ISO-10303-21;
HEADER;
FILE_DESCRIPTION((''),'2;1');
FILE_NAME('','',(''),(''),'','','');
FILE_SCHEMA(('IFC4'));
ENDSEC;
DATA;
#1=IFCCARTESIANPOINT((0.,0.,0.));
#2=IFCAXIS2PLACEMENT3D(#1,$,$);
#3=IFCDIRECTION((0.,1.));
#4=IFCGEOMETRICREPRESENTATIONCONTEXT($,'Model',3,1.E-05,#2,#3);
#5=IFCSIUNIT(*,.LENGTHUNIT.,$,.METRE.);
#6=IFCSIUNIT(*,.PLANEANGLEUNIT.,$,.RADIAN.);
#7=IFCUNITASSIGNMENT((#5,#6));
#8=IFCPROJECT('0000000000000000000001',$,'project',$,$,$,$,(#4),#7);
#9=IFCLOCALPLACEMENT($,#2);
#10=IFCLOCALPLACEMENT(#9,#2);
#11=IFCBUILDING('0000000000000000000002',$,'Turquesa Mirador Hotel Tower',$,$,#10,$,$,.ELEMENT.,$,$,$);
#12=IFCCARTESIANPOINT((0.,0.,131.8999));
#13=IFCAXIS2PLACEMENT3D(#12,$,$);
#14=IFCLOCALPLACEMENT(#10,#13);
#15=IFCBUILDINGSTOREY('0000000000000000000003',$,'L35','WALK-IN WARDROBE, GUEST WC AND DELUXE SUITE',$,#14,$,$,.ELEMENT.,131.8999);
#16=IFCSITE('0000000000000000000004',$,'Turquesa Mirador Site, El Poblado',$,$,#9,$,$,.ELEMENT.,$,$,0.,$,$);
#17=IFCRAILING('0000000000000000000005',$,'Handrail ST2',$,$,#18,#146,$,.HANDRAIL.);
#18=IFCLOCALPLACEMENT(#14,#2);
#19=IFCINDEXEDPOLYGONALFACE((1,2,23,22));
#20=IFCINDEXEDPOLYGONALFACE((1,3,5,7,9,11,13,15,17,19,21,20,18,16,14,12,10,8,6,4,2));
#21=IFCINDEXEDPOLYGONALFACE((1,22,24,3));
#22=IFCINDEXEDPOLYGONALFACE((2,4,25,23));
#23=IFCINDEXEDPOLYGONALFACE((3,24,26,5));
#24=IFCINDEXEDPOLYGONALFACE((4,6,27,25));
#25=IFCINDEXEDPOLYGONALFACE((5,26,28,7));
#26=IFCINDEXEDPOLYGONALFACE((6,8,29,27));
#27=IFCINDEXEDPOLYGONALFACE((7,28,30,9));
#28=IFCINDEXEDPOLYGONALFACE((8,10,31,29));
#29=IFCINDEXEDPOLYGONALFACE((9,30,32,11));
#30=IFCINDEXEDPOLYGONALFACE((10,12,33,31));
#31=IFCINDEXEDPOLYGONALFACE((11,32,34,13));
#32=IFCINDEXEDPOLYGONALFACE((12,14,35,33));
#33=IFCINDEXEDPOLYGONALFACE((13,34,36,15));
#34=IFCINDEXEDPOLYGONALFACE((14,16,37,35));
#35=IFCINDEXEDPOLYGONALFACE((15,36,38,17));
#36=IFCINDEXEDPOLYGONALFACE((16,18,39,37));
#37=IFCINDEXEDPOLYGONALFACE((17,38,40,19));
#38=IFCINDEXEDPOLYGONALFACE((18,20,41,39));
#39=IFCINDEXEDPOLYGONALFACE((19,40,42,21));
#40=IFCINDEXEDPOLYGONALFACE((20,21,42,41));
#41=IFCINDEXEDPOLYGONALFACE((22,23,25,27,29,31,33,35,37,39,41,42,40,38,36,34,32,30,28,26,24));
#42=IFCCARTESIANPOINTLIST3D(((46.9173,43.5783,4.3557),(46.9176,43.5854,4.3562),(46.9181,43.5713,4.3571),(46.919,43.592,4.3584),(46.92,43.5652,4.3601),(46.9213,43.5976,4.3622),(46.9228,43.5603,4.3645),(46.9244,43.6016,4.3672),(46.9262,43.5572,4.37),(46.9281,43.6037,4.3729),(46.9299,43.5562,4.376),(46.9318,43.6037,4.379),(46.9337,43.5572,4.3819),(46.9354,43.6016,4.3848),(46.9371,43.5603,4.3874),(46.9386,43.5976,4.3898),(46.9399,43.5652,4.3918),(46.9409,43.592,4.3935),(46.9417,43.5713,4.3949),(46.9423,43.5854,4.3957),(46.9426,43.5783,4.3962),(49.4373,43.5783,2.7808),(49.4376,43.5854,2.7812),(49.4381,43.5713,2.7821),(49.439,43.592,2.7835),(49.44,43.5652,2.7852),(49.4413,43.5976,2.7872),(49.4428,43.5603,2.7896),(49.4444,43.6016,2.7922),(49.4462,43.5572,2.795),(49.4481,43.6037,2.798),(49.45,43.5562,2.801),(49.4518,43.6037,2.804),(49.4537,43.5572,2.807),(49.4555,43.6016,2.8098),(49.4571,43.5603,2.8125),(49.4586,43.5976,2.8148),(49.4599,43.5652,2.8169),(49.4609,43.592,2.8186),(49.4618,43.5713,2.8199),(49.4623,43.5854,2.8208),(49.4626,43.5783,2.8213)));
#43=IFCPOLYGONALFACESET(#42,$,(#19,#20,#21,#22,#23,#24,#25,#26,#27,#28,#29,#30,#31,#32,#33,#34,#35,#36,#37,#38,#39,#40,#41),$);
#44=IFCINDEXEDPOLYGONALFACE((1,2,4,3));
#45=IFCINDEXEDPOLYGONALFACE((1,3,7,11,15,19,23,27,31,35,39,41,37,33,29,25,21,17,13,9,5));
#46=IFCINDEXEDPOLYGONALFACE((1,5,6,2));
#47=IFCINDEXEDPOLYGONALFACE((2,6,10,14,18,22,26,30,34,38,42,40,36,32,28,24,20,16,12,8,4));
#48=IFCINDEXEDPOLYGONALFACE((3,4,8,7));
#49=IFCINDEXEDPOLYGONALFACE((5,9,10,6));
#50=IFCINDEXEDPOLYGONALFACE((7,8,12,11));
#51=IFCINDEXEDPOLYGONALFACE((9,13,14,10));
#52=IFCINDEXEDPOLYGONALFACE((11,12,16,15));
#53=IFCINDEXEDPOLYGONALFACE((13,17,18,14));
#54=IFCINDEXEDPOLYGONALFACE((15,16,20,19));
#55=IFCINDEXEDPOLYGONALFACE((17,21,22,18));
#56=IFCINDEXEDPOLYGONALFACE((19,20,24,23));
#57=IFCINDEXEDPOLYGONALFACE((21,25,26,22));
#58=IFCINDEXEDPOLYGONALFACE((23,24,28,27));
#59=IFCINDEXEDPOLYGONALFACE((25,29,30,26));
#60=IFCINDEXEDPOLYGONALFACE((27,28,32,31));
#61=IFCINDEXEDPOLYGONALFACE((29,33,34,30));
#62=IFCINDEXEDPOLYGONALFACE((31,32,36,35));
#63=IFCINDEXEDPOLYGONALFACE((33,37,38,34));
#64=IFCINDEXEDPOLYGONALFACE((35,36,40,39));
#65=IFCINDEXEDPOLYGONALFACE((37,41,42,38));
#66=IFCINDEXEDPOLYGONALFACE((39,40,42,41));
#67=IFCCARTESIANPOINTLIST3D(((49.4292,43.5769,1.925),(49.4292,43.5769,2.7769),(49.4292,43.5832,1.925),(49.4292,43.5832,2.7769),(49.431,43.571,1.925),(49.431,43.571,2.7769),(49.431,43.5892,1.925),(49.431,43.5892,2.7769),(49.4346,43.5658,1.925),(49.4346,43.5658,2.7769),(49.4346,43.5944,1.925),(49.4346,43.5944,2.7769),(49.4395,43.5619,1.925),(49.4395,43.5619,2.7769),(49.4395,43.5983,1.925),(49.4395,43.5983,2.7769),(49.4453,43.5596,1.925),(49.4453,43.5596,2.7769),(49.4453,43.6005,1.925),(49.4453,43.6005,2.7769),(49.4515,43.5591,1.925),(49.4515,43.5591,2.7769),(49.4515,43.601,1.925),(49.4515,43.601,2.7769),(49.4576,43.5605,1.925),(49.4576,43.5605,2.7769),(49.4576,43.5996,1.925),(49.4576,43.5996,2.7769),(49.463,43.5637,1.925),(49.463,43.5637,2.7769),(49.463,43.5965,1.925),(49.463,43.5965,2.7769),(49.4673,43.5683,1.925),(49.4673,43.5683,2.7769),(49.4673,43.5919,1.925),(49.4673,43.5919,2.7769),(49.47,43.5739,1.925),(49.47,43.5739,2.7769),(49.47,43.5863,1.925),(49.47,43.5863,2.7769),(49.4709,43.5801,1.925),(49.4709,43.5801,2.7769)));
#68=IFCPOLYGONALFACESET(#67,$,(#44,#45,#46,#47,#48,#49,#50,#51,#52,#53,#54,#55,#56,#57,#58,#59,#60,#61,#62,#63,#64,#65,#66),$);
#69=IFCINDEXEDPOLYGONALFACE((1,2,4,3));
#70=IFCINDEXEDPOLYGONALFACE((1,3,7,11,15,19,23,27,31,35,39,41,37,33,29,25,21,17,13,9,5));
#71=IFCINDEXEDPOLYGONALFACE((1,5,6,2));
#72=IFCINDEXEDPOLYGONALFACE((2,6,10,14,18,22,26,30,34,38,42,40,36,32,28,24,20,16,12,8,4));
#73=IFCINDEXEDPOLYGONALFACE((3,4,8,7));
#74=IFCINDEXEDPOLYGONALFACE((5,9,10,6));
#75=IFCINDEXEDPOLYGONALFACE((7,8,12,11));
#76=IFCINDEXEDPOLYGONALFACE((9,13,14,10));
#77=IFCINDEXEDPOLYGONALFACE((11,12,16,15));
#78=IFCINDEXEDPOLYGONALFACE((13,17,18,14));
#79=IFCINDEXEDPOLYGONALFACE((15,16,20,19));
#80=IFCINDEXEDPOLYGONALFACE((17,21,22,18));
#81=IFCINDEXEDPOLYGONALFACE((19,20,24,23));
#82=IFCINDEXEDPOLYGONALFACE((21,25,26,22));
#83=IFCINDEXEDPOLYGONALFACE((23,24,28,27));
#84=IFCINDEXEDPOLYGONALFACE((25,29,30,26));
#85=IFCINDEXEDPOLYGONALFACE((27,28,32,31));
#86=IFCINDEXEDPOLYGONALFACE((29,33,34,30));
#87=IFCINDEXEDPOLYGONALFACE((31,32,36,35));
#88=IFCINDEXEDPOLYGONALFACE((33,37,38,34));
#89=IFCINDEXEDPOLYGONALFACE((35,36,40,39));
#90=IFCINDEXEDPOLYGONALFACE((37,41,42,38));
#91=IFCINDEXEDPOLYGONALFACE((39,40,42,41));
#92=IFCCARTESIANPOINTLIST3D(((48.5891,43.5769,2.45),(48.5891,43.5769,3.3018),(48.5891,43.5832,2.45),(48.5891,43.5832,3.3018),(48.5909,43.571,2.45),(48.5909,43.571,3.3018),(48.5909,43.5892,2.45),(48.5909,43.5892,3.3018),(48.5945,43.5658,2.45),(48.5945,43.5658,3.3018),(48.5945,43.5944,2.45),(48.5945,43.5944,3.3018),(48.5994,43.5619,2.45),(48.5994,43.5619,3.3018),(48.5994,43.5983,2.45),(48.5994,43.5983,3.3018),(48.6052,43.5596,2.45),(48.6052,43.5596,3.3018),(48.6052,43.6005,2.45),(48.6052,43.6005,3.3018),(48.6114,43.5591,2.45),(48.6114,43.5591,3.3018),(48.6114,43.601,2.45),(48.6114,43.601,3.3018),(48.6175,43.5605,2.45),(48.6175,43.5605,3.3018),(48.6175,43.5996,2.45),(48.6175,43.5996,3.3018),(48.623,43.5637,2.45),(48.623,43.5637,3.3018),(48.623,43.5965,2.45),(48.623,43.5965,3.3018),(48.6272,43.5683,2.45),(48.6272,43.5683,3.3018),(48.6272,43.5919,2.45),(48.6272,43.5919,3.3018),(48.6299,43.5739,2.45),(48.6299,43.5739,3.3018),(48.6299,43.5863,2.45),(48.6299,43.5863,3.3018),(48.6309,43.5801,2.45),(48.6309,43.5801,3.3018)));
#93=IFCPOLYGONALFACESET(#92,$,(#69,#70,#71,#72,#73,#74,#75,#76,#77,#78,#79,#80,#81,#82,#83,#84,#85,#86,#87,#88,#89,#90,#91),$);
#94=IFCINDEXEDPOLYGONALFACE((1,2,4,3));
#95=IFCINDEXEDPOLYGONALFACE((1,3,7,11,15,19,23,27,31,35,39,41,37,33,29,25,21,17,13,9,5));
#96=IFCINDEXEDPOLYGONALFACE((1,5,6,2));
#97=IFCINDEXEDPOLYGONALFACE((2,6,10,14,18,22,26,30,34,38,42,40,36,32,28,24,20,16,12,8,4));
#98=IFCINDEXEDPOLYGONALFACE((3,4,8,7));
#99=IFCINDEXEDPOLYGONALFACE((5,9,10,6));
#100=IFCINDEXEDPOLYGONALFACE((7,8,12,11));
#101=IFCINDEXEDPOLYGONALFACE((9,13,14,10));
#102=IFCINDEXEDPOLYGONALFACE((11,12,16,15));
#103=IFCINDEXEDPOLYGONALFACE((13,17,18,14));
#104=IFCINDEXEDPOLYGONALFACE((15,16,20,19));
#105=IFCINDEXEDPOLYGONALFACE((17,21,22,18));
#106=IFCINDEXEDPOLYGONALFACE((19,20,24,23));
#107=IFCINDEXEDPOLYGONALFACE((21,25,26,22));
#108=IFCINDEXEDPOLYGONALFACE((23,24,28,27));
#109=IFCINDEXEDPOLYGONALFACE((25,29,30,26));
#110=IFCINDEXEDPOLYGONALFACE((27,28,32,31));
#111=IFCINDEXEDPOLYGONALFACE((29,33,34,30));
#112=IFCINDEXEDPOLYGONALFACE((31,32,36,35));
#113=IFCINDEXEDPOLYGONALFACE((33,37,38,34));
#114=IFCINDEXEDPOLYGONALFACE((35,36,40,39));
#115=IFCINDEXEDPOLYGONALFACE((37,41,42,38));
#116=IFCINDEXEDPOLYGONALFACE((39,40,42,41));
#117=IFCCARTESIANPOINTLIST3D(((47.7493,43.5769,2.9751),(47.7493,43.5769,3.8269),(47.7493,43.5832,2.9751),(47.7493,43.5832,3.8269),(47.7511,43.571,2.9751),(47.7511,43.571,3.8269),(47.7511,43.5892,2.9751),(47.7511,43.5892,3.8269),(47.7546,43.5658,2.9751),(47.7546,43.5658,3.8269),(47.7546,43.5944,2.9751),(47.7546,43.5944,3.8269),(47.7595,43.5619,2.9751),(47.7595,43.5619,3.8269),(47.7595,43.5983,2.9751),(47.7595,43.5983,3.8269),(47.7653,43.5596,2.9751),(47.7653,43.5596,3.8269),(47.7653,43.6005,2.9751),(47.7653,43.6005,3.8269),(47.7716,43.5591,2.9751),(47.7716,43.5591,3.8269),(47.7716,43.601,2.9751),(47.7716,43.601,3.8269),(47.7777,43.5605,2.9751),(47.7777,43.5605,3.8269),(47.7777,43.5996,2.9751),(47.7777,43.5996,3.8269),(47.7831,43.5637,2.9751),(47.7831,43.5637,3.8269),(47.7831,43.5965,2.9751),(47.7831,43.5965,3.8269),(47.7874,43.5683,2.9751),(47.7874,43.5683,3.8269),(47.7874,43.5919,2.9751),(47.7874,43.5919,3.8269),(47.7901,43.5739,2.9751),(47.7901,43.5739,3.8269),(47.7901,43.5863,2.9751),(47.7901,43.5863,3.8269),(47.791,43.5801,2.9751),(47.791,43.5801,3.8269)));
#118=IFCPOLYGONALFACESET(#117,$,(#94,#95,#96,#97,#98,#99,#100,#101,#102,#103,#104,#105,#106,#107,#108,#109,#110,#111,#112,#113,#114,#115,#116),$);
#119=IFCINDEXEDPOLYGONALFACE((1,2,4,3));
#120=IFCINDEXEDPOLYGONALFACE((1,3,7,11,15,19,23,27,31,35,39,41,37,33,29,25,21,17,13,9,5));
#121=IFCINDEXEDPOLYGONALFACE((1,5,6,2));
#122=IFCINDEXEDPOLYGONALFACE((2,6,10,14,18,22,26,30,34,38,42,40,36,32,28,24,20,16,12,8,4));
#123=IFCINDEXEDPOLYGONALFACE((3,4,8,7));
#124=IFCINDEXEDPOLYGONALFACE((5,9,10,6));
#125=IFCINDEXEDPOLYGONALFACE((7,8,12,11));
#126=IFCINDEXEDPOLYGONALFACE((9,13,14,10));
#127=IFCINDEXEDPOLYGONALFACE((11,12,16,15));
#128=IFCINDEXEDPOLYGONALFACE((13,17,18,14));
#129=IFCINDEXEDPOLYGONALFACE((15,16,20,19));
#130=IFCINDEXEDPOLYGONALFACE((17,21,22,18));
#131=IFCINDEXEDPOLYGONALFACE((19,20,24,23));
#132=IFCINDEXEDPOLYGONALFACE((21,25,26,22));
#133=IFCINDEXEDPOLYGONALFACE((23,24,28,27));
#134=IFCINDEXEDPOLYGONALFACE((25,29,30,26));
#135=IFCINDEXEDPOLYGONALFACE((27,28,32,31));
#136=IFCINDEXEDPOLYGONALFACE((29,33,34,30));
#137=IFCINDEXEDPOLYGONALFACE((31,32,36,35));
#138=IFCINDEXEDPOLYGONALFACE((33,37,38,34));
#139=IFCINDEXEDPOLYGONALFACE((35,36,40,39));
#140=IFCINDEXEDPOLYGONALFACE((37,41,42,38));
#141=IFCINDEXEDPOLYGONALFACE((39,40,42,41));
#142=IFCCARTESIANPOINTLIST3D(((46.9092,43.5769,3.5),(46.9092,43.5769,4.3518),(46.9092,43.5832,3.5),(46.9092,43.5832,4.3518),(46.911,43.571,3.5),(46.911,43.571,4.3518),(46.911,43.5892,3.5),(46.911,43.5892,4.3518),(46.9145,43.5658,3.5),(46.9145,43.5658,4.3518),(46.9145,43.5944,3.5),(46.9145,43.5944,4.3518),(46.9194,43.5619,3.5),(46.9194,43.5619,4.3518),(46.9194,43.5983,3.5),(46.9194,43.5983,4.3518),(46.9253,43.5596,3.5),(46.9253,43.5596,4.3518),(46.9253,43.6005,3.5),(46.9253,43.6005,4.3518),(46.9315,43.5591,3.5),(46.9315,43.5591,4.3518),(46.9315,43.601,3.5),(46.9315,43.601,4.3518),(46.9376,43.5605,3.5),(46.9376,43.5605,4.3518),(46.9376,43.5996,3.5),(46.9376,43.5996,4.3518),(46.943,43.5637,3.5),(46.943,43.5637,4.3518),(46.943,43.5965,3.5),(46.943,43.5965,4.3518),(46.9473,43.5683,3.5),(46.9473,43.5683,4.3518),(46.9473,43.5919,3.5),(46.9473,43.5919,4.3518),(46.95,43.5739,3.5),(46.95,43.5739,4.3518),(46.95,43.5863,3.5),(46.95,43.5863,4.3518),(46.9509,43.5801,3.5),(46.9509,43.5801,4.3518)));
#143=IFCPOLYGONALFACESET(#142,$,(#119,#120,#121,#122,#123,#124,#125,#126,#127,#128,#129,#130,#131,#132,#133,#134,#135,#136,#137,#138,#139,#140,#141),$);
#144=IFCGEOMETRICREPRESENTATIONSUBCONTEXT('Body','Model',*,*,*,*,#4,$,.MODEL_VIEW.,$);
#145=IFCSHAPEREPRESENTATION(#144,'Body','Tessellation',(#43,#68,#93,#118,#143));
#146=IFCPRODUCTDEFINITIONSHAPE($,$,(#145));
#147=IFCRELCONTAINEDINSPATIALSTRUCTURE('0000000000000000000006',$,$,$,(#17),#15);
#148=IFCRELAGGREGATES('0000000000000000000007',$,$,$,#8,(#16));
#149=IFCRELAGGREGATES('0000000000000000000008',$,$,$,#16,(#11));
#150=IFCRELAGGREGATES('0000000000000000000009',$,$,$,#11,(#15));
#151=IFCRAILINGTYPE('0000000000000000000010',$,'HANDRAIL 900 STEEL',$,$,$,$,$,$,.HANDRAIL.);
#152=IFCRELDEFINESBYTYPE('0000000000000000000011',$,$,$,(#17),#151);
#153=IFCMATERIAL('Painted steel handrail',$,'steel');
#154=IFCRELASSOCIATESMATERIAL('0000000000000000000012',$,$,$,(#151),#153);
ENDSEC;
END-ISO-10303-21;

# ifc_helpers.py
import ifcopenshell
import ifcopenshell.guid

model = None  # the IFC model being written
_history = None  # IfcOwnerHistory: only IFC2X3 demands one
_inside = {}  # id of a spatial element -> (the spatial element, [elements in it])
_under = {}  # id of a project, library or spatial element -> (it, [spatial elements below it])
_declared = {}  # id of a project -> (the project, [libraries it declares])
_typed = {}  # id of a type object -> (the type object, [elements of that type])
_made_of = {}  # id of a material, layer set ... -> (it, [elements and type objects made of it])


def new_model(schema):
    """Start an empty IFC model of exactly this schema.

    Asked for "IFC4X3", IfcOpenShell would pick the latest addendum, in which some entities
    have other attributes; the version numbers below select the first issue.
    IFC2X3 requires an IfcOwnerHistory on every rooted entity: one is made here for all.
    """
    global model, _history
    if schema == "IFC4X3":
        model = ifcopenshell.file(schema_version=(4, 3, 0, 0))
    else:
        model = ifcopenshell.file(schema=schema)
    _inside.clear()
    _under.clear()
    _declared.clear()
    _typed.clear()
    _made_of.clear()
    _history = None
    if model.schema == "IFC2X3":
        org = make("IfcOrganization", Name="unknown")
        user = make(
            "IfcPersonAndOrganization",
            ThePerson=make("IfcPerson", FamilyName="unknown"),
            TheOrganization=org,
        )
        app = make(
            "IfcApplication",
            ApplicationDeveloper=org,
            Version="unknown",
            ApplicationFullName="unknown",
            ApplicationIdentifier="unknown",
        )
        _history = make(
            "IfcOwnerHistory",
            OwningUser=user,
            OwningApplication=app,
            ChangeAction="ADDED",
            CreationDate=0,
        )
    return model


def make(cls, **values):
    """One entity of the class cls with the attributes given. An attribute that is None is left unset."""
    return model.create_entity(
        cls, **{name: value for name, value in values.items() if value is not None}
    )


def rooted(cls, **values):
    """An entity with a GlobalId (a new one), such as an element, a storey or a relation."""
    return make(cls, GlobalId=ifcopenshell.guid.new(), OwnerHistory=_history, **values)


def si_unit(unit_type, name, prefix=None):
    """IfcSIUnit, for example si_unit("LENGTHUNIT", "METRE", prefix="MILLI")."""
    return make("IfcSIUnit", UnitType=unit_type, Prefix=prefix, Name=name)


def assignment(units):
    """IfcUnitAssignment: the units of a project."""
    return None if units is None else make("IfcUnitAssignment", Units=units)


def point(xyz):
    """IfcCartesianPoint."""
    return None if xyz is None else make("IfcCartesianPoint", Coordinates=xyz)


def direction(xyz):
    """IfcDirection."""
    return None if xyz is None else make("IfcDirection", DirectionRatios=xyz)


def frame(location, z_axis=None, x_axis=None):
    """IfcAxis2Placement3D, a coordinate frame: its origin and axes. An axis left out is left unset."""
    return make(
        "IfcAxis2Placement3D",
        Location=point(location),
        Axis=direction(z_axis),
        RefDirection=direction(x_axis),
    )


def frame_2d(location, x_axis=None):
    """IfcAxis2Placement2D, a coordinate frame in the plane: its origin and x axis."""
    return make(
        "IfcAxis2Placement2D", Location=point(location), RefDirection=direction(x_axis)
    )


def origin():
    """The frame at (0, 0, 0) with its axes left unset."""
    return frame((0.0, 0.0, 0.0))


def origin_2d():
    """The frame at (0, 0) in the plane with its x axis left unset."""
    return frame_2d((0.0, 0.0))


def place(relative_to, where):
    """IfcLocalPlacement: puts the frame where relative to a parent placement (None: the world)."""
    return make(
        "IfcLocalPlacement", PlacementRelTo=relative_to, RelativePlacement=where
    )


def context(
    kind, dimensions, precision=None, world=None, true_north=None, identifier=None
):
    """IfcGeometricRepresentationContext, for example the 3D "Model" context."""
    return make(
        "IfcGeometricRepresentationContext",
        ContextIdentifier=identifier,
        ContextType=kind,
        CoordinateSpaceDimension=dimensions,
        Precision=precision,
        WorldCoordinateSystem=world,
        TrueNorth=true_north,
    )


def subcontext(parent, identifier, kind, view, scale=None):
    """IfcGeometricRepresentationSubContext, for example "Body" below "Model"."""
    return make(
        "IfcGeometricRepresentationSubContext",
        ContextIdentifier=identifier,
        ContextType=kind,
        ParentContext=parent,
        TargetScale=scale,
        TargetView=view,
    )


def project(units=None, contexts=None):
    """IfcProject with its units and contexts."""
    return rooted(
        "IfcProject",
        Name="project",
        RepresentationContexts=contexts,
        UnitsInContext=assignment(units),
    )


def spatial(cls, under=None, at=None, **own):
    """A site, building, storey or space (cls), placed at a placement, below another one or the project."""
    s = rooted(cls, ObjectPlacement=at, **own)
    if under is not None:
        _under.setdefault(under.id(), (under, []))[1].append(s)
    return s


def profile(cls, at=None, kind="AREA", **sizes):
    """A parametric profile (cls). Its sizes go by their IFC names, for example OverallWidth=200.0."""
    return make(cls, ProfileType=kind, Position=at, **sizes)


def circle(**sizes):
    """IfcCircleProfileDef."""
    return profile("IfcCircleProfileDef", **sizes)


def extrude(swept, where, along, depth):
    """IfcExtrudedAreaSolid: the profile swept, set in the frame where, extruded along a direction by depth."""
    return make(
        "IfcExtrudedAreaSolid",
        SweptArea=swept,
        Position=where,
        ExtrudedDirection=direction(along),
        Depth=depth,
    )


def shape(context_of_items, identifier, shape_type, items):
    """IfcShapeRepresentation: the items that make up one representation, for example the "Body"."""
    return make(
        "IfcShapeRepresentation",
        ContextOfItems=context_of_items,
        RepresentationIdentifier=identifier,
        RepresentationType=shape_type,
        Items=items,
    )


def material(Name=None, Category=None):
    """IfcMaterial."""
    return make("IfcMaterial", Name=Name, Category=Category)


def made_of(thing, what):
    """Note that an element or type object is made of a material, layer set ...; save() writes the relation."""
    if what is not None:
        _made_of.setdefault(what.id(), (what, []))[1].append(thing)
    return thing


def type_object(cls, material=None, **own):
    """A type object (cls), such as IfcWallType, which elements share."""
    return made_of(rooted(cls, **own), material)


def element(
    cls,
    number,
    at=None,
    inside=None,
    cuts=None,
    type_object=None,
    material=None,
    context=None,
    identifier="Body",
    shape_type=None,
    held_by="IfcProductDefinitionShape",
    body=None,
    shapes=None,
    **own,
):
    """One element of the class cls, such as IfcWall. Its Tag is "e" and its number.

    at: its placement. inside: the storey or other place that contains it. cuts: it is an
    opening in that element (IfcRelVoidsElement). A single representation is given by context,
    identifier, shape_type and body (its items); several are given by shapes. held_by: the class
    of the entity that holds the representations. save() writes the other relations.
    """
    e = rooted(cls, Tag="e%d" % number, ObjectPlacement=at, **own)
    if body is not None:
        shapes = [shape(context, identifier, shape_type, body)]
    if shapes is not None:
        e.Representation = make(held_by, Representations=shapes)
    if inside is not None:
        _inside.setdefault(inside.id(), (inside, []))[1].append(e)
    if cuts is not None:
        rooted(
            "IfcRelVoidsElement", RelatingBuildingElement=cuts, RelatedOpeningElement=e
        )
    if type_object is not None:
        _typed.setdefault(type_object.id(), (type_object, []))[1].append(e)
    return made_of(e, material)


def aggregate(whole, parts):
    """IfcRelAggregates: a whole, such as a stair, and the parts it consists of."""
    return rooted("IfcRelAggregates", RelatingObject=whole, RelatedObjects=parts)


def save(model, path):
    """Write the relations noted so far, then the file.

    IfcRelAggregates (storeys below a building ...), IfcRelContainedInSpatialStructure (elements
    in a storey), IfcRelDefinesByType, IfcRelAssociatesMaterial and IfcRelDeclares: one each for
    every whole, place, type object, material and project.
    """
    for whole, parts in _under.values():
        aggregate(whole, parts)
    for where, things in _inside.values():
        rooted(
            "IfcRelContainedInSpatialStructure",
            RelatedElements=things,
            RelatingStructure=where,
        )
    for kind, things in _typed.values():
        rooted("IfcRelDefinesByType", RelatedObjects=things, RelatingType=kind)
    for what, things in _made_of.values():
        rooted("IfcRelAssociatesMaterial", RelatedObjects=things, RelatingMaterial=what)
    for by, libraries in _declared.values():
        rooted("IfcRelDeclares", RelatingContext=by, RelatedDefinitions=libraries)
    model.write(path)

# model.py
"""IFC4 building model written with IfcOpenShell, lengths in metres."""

from ifc_helpers import new_model, si_unit, direction, frame, origin, origin_2d, place, context, subcontext, project, spatial, circle, extrude, material, type_object, element, save


model = new_model("IFC4")

# Units and contexts
model_context = context("Model", 3, precision=1e-05, world=origin(), true_north=direction((0.0, 1.0)))
body_context = subcontext(model_context, "Body", "Model", "MODEL_VIEW")
ifc_project = project(units=[si_unit("LENGTHUNIT", "METRE"), si_unit("PLANEANGLEUNIT", "RADIAN")], contexts=[model_context])

# Site, building, storey
site_placement = place(None, origin())
site = spatial("IfcSite", under=ifc_project, at=site_placement, Name="Turquesa Mirador Site, El Poblado", CompositionType="ELEMENT", RefElevation=0.0)
building_placement = place(site_placement, origin())
building = spatial("IfcBuilding", under=site, at=building_placement, Name="Turquesa Mirador Hotel Tower", CompositionType="ELEMENT")
storey_placement = place(building_placement, frame((0.0, 0.0, 131.8999)))
storey = spatial("IfcBuildingStorey", under=building, at=storey_placement, Name="L35", Description="WALK-IN WARDROBE, GUEST WC AND DELUXE SUITE", CompositionType="ELEMENT", Elevation=131.8999)

# Railing
ifc_material_1 = material(Name="Painted steel handrail", Category="steel")
railing_type = type_object("IfcRailingType", Name="HANDRAIL 900 STEEL", PredefinedType="HANDRAIL", material=ifc_material_1)
railing_1_placement = place(storey_placement, frame((49.45, 43.5801, 1.925)))
element("IfcRailing", 1, at=railing_1_placement, inside=storey, type_object=railing_type, Name="Handrail ST2", PredefinedType="HANDRAIL", context=body_context, shape_type="SweptSolid", body=[
    extrude(circle(Radius=0.0239, at=origin_2d()), frame((0.0, 0.0, 0.876), z_axis=(-0.848008, 0.0, 0.529984), x_axis=(0.0, -1.0, 0.0)), (0.0, 0.0, 1.0), 2.9717),
    extrude(circle(Radius=0.021, at=origin_2d()), origin(), (0.0, 0.0, 1.0), 0.8518),
    extrude(circle(Radius=0.021, at=origin_2d()), frame((-0.8401, 0.0, 0.5249)), (0.0, 0.0, 1.0), 0.8518),
    extrude(circle(Radius=0.021, at=origin_2d()), frame((-1.6799, 0.0, 1.05)), (0.0, 0.0, 1.0), 0.8518),
    extrude(circle(Radius=0.021, at=origin_2d()), frame((-2.52, 0.0, 1.575)), (0.0, 0.0, 1.0), 0.8518),
])

save(model, "model.ifc")
